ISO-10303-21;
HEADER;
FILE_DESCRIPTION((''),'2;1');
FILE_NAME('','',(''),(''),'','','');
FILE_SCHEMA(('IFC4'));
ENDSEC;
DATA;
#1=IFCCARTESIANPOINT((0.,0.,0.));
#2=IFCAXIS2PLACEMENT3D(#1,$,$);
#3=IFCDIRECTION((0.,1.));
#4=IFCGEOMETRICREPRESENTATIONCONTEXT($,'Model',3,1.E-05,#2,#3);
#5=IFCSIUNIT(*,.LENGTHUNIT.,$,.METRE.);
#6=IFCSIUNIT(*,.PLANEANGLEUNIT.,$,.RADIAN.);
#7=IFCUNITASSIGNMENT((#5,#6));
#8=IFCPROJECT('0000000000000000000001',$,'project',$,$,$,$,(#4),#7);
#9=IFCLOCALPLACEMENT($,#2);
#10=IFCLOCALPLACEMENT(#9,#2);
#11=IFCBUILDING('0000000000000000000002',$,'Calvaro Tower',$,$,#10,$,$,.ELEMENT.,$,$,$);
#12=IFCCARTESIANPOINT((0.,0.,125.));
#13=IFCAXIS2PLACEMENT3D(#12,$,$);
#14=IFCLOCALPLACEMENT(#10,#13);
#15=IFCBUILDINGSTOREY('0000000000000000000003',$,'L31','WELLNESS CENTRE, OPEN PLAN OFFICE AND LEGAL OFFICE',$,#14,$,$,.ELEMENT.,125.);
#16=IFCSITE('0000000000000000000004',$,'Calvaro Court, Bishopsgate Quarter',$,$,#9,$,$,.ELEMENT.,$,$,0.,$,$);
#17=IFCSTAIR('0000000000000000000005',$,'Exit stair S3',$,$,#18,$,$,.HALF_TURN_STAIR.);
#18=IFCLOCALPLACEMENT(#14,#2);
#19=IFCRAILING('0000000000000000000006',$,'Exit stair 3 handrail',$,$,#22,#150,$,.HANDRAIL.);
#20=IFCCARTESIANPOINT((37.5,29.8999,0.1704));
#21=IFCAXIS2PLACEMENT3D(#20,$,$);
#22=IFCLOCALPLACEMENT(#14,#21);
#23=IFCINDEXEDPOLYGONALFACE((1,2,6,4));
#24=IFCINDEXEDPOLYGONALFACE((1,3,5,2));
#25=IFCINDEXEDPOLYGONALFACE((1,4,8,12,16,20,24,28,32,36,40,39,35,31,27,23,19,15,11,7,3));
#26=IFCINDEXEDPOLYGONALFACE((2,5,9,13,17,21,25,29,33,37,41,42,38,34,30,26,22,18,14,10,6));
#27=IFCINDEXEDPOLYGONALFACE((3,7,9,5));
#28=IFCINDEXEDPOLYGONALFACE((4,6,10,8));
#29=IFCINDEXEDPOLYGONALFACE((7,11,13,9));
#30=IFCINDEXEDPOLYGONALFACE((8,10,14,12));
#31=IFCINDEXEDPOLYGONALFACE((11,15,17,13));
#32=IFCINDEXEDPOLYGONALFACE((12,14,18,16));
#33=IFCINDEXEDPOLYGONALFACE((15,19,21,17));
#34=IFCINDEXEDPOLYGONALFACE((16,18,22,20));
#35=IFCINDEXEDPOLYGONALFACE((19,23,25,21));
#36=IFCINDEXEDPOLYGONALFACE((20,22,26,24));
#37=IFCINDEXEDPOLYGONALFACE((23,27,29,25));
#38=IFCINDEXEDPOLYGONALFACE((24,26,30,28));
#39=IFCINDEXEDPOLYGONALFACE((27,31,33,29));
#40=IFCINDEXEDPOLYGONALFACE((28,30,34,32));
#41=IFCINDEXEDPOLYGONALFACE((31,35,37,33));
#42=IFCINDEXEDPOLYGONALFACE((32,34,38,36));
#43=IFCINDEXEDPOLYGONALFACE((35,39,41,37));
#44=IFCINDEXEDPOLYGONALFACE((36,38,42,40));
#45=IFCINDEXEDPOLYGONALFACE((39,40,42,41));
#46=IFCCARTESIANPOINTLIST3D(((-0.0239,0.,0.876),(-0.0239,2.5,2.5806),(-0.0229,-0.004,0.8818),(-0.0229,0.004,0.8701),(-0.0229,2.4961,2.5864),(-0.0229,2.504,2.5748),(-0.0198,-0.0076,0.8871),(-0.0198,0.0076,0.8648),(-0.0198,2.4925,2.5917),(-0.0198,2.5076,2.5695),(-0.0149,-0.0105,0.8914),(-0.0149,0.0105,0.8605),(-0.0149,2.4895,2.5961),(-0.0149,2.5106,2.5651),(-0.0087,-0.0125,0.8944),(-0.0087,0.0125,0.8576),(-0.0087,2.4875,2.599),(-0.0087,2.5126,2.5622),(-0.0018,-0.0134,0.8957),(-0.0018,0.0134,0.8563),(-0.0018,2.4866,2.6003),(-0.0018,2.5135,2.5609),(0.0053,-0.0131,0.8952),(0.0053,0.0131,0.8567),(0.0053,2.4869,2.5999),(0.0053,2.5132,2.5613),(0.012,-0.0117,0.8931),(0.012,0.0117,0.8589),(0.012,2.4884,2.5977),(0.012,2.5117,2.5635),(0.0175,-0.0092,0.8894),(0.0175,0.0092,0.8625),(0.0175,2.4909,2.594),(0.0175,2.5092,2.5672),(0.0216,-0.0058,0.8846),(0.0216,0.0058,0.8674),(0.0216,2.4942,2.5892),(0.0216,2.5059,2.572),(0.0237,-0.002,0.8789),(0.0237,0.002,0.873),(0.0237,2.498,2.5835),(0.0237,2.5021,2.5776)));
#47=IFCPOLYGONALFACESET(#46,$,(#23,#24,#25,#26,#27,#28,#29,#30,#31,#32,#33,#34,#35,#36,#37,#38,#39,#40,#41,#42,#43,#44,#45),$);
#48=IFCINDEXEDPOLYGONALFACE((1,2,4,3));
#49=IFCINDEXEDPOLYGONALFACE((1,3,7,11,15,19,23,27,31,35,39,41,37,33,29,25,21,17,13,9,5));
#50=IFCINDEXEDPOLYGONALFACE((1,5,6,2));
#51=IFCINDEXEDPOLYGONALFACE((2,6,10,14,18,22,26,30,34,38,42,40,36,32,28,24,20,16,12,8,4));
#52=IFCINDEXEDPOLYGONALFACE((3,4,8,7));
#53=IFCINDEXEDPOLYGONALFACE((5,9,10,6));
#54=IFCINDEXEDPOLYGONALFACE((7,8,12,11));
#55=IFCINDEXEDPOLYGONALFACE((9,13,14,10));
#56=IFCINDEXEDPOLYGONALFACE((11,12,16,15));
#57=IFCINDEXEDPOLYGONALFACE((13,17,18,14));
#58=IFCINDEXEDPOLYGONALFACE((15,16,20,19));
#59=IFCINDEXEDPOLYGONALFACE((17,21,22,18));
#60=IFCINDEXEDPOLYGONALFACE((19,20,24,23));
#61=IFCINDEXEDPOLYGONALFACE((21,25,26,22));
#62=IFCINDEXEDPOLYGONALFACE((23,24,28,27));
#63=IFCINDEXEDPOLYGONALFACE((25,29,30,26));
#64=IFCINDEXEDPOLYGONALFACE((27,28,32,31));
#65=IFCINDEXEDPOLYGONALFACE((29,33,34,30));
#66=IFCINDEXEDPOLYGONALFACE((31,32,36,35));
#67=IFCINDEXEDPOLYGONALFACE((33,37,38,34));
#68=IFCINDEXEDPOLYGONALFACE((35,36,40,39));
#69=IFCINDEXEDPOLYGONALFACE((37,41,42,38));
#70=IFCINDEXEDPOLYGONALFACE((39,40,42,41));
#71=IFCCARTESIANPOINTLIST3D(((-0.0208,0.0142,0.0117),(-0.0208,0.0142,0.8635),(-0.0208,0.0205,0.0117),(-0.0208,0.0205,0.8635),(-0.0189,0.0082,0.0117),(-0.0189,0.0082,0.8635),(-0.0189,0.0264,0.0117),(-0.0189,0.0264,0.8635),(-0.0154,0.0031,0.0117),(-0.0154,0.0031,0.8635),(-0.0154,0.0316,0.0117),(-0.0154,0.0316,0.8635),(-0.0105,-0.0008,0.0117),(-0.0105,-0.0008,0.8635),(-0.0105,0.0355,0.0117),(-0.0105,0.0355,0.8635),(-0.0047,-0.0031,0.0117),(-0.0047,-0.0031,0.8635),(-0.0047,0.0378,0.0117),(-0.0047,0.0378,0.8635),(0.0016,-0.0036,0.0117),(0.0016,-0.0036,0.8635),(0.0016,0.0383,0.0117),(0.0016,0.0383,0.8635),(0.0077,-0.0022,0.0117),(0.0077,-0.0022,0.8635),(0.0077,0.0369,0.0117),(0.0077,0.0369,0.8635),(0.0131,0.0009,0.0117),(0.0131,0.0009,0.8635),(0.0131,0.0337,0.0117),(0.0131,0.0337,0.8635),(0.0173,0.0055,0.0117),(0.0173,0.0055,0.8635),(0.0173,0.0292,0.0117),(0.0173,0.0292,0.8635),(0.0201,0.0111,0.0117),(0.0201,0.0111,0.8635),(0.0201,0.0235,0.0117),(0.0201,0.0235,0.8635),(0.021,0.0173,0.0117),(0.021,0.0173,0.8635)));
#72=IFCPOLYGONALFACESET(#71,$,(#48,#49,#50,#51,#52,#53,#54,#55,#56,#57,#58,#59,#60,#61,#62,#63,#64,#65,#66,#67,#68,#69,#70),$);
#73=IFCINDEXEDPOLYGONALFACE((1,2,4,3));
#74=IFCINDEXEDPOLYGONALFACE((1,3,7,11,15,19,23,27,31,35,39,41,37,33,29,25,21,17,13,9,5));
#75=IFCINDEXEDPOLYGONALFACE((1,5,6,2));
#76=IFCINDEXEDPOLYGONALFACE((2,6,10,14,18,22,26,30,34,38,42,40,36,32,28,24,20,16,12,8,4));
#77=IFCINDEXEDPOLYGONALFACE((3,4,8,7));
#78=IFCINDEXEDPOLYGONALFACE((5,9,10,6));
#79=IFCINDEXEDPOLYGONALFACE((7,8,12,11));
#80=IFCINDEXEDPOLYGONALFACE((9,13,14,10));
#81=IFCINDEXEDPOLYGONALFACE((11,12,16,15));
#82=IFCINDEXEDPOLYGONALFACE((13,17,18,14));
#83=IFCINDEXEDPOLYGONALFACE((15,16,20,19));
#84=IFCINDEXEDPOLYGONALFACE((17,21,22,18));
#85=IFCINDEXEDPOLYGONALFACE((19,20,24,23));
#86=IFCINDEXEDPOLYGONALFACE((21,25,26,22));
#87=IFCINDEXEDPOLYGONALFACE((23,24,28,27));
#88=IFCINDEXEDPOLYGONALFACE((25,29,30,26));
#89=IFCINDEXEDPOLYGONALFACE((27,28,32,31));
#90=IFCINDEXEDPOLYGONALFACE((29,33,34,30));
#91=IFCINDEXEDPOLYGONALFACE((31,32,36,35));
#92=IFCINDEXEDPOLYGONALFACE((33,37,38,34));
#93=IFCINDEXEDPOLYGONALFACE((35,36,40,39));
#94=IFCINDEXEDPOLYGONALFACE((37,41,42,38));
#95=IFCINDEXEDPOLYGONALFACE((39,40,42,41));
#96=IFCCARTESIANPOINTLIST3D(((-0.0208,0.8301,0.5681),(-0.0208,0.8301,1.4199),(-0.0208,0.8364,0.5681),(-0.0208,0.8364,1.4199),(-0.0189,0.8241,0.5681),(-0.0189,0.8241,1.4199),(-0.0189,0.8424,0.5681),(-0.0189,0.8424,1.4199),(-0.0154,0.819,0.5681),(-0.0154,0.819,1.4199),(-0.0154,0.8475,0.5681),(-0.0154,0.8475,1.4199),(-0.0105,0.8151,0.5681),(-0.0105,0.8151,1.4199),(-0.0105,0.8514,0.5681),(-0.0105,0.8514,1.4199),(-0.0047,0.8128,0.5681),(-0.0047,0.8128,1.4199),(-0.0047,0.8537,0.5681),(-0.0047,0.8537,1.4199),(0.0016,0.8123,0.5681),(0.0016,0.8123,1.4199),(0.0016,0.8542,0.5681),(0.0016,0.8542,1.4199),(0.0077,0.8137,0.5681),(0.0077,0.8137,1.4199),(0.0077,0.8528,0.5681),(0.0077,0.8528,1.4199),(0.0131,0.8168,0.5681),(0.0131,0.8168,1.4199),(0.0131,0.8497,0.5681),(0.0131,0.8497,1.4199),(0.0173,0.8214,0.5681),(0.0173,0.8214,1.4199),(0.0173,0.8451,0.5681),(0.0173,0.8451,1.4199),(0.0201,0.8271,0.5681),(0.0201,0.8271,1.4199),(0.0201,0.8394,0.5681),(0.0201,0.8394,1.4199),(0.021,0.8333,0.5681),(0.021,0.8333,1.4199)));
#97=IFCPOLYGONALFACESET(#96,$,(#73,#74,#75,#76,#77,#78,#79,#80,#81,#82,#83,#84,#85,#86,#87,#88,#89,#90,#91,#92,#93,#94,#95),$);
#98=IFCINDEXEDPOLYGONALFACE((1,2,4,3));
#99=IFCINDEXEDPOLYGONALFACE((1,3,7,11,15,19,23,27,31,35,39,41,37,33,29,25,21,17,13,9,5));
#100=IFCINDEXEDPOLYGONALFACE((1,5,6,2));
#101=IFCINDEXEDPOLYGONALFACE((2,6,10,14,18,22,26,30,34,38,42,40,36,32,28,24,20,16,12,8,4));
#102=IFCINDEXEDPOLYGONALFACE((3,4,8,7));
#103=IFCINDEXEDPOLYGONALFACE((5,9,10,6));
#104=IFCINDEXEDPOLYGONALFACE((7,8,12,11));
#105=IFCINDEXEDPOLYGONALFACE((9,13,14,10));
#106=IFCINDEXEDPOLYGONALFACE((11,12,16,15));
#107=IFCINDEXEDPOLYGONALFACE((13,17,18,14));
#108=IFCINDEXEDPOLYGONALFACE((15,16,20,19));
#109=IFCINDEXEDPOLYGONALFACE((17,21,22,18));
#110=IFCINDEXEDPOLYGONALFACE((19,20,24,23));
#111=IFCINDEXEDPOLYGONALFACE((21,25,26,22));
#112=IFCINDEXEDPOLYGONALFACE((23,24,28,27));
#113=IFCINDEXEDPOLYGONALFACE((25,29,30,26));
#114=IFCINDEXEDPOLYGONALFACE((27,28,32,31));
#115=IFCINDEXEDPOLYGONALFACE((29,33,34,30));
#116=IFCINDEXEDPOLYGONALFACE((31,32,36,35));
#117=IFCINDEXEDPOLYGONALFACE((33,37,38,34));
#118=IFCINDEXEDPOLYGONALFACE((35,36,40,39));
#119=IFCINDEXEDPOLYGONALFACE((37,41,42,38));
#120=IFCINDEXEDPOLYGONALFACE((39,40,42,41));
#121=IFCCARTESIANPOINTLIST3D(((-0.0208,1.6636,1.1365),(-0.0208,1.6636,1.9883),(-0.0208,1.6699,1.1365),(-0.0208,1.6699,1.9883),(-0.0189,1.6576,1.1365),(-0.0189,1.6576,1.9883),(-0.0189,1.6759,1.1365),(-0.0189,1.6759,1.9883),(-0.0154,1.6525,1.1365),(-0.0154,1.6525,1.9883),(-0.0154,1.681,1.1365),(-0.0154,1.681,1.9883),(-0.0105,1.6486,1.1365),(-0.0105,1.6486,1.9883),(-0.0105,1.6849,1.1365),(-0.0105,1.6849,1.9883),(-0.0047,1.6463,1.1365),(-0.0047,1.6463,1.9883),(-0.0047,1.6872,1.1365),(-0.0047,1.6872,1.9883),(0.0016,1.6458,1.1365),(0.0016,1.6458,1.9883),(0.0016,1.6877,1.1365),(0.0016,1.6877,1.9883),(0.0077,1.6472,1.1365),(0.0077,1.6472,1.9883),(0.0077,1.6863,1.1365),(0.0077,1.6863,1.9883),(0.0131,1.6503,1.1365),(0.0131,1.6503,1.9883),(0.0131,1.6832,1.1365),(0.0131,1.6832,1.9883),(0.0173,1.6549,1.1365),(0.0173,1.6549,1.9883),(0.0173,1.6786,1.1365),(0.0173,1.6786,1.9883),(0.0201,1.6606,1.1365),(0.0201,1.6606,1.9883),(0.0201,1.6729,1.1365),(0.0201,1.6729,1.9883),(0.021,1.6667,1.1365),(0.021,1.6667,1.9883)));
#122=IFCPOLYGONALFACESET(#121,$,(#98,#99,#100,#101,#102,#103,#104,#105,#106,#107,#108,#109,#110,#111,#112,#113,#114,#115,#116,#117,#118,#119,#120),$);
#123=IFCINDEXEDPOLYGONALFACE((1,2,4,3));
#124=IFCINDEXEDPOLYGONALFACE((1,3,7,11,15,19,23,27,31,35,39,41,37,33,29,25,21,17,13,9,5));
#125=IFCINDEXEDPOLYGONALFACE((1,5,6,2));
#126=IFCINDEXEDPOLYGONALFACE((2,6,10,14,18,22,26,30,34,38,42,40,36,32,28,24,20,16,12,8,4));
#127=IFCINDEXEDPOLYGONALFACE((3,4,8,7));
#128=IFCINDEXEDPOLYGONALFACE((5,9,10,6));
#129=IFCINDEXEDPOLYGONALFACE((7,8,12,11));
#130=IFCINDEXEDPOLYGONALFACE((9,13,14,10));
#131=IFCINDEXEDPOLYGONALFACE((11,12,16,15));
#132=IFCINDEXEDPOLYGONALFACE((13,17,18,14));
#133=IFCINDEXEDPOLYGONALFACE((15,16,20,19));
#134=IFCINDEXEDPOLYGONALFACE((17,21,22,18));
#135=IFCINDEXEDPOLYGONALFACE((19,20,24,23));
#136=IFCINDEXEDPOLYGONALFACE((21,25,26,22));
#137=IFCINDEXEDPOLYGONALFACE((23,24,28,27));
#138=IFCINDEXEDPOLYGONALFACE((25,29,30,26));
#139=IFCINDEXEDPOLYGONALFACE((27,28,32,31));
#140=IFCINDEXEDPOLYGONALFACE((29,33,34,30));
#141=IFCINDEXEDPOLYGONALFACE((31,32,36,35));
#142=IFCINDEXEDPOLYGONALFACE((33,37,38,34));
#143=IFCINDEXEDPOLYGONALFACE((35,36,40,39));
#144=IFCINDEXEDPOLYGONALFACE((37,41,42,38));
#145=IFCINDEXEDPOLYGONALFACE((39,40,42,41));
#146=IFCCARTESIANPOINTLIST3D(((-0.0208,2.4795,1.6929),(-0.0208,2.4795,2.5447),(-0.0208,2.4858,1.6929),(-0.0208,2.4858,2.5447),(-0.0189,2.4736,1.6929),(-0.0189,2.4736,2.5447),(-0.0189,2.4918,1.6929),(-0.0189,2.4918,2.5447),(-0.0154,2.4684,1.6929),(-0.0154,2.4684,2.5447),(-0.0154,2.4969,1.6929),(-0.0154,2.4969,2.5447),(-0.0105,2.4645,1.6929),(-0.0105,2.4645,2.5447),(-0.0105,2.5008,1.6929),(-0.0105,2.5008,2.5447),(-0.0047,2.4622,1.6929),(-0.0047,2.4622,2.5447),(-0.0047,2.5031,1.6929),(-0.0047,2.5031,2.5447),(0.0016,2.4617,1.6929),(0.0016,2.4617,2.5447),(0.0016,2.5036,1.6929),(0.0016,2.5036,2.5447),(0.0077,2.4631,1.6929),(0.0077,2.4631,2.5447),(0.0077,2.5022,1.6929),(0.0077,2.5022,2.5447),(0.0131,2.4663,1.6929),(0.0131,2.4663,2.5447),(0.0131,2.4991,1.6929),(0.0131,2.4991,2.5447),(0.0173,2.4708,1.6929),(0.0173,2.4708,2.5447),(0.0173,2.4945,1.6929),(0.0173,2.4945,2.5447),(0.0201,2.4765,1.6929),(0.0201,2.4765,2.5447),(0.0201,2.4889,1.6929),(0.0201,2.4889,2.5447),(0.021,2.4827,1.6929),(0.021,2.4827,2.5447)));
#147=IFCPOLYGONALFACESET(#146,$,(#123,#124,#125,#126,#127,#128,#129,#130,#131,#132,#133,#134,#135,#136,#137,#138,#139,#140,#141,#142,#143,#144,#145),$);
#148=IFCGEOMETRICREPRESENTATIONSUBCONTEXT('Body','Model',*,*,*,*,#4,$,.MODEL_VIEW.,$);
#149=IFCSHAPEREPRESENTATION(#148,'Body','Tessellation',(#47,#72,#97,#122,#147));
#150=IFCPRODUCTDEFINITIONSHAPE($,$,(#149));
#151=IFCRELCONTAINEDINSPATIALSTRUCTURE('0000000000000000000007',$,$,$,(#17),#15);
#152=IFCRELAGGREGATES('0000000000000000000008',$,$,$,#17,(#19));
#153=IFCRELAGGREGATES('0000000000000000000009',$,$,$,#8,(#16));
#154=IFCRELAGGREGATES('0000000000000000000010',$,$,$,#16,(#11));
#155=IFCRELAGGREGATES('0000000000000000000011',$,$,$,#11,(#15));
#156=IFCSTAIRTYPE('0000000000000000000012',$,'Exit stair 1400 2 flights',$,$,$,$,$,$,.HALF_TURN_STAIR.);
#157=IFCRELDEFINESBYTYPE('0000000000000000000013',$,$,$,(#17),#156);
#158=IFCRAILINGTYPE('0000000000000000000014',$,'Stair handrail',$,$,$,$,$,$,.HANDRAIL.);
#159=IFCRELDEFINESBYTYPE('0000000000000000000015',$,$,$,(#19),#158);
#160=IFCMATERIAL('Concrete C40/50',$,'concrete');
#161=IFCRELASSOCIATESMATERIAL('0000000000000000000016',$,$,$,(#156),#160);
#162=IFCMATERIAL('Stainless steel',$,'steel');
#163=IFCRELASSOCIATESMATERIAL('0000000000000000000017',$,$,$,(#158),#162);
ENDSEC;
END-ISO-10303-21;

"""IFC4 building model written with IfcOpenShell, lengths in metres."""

from ifc_helpers import new_model, si_unit, direction, frame, origin, origin_2d, place, context, subcontext, project, spatial, circle, extrude, material, type_object, element, aggregate, save


model = new_model("IFC4")

# Units and contexts
model_context = context("Model", 3, precision=1e-05, world=origin(), true_north=direction((0.0, 1.0)))
body_context = subcontext(model_context, "Body", "Model", "MODEL_VIEW")
ifc_project = project(units=[si_unit("LENGTHUNIT", "METRE"), si_unit("PLANEANGLEUNIT", "RADIAN")], contexts=[model_context])

# Site, building, storey
site_placement = place(None, origin())
site = spatial("IfcSite", under=ifc_project, at=site_placement, Name="Calvaro Court, Bishopsgate Quarter", CompositionType="ELEMENT", RefElevation=0.0)
building_placement = place(site_placement, origin())
building = spatial("IfcBuilding", under=site, at=building_placement, Name="Calvaro Tower", CompositionType="ELEMENT")
storey_placement = place(building_placement, frame((0.0, 0.0, 125.0)))
storey = spatial("IfcBuildingStorey", under=building, at=storey_placement, Name="L31", Description="WELLNESS CENTRE, OPEN PLAN OFFICE AND LEGAL OFFICE", CompositionType="ELEMENT", Elevation=125.0)

# Stair
ifc_material_1 = material(Name="Concrete C40/50", Category="concrete")
stair_type = type_object("IfcStairType", Name="Exit stair 1400 2 flights", PredefinedType="HALF_TURN_STAIR", material=ifc_material_1)
stair_1_placement = place(storey_placement, origin())
stair_1 = element("IfcStair", 1, at=stair_1_placement, inside=storey, type_object=stair_type, Name="Exit stair S3", PredefinedType="HALF_TURN_STAIR")

# Railing
ifc_material_2 = material(Name="Stainless steel", Category="steel")
railing_type = type_object("IfcRailingType", Name="Stair handrail", PredefinedType="HANDRAIL", material=ifc_material_2)
railing_1_placement = place(storey_placement, frame((37.5, 29.8999, 0.1704)))
railing_1 = element("IfcRailing", 2, at=railing_1_placement, type_object=railing_type, Name="Exit stair 3 handrail", PredefinedType="HANDRAIL", context=body_context, shape_type="SweptSolid", body=[
    extrude(circle(Radius=0.0239, at=origin_2d()), frame((0.0, 0.0, 0.876), z_axis=(0.0, 0.826221, 0.563347), x_axis=(-1.0, 0.0, 0.0)), (0.0, 0.0, 1.0), 3.0259),
    extrude(circle(Radius=0.021, at=origin_2d()), frame((0.0, 0.0173, 0.0117)), (0.0, 0.0, 1.0), 0.8518),
    extrude(circle(Radius=0.021, at=origin_2d()), frame((0.0, 0.8333, 0.5681)), (0.0, 0.0, 1.0), 0.8518),
    extrude(circle(Radius=0.021, at=origin_2d()), frame((0.0, 1.6667, 1.1365)), (0.0, 0.0, 1.0), 0.8518),
    extrude(circle(Radius=0.021, at=origin_2d()), frame((0.0, 2.4827, 1.6929)), (0.0, 0.0, 1.0), 0.8518),
])
aggregate(stair_1, [railing_1])

save(model, "model.ifc")
